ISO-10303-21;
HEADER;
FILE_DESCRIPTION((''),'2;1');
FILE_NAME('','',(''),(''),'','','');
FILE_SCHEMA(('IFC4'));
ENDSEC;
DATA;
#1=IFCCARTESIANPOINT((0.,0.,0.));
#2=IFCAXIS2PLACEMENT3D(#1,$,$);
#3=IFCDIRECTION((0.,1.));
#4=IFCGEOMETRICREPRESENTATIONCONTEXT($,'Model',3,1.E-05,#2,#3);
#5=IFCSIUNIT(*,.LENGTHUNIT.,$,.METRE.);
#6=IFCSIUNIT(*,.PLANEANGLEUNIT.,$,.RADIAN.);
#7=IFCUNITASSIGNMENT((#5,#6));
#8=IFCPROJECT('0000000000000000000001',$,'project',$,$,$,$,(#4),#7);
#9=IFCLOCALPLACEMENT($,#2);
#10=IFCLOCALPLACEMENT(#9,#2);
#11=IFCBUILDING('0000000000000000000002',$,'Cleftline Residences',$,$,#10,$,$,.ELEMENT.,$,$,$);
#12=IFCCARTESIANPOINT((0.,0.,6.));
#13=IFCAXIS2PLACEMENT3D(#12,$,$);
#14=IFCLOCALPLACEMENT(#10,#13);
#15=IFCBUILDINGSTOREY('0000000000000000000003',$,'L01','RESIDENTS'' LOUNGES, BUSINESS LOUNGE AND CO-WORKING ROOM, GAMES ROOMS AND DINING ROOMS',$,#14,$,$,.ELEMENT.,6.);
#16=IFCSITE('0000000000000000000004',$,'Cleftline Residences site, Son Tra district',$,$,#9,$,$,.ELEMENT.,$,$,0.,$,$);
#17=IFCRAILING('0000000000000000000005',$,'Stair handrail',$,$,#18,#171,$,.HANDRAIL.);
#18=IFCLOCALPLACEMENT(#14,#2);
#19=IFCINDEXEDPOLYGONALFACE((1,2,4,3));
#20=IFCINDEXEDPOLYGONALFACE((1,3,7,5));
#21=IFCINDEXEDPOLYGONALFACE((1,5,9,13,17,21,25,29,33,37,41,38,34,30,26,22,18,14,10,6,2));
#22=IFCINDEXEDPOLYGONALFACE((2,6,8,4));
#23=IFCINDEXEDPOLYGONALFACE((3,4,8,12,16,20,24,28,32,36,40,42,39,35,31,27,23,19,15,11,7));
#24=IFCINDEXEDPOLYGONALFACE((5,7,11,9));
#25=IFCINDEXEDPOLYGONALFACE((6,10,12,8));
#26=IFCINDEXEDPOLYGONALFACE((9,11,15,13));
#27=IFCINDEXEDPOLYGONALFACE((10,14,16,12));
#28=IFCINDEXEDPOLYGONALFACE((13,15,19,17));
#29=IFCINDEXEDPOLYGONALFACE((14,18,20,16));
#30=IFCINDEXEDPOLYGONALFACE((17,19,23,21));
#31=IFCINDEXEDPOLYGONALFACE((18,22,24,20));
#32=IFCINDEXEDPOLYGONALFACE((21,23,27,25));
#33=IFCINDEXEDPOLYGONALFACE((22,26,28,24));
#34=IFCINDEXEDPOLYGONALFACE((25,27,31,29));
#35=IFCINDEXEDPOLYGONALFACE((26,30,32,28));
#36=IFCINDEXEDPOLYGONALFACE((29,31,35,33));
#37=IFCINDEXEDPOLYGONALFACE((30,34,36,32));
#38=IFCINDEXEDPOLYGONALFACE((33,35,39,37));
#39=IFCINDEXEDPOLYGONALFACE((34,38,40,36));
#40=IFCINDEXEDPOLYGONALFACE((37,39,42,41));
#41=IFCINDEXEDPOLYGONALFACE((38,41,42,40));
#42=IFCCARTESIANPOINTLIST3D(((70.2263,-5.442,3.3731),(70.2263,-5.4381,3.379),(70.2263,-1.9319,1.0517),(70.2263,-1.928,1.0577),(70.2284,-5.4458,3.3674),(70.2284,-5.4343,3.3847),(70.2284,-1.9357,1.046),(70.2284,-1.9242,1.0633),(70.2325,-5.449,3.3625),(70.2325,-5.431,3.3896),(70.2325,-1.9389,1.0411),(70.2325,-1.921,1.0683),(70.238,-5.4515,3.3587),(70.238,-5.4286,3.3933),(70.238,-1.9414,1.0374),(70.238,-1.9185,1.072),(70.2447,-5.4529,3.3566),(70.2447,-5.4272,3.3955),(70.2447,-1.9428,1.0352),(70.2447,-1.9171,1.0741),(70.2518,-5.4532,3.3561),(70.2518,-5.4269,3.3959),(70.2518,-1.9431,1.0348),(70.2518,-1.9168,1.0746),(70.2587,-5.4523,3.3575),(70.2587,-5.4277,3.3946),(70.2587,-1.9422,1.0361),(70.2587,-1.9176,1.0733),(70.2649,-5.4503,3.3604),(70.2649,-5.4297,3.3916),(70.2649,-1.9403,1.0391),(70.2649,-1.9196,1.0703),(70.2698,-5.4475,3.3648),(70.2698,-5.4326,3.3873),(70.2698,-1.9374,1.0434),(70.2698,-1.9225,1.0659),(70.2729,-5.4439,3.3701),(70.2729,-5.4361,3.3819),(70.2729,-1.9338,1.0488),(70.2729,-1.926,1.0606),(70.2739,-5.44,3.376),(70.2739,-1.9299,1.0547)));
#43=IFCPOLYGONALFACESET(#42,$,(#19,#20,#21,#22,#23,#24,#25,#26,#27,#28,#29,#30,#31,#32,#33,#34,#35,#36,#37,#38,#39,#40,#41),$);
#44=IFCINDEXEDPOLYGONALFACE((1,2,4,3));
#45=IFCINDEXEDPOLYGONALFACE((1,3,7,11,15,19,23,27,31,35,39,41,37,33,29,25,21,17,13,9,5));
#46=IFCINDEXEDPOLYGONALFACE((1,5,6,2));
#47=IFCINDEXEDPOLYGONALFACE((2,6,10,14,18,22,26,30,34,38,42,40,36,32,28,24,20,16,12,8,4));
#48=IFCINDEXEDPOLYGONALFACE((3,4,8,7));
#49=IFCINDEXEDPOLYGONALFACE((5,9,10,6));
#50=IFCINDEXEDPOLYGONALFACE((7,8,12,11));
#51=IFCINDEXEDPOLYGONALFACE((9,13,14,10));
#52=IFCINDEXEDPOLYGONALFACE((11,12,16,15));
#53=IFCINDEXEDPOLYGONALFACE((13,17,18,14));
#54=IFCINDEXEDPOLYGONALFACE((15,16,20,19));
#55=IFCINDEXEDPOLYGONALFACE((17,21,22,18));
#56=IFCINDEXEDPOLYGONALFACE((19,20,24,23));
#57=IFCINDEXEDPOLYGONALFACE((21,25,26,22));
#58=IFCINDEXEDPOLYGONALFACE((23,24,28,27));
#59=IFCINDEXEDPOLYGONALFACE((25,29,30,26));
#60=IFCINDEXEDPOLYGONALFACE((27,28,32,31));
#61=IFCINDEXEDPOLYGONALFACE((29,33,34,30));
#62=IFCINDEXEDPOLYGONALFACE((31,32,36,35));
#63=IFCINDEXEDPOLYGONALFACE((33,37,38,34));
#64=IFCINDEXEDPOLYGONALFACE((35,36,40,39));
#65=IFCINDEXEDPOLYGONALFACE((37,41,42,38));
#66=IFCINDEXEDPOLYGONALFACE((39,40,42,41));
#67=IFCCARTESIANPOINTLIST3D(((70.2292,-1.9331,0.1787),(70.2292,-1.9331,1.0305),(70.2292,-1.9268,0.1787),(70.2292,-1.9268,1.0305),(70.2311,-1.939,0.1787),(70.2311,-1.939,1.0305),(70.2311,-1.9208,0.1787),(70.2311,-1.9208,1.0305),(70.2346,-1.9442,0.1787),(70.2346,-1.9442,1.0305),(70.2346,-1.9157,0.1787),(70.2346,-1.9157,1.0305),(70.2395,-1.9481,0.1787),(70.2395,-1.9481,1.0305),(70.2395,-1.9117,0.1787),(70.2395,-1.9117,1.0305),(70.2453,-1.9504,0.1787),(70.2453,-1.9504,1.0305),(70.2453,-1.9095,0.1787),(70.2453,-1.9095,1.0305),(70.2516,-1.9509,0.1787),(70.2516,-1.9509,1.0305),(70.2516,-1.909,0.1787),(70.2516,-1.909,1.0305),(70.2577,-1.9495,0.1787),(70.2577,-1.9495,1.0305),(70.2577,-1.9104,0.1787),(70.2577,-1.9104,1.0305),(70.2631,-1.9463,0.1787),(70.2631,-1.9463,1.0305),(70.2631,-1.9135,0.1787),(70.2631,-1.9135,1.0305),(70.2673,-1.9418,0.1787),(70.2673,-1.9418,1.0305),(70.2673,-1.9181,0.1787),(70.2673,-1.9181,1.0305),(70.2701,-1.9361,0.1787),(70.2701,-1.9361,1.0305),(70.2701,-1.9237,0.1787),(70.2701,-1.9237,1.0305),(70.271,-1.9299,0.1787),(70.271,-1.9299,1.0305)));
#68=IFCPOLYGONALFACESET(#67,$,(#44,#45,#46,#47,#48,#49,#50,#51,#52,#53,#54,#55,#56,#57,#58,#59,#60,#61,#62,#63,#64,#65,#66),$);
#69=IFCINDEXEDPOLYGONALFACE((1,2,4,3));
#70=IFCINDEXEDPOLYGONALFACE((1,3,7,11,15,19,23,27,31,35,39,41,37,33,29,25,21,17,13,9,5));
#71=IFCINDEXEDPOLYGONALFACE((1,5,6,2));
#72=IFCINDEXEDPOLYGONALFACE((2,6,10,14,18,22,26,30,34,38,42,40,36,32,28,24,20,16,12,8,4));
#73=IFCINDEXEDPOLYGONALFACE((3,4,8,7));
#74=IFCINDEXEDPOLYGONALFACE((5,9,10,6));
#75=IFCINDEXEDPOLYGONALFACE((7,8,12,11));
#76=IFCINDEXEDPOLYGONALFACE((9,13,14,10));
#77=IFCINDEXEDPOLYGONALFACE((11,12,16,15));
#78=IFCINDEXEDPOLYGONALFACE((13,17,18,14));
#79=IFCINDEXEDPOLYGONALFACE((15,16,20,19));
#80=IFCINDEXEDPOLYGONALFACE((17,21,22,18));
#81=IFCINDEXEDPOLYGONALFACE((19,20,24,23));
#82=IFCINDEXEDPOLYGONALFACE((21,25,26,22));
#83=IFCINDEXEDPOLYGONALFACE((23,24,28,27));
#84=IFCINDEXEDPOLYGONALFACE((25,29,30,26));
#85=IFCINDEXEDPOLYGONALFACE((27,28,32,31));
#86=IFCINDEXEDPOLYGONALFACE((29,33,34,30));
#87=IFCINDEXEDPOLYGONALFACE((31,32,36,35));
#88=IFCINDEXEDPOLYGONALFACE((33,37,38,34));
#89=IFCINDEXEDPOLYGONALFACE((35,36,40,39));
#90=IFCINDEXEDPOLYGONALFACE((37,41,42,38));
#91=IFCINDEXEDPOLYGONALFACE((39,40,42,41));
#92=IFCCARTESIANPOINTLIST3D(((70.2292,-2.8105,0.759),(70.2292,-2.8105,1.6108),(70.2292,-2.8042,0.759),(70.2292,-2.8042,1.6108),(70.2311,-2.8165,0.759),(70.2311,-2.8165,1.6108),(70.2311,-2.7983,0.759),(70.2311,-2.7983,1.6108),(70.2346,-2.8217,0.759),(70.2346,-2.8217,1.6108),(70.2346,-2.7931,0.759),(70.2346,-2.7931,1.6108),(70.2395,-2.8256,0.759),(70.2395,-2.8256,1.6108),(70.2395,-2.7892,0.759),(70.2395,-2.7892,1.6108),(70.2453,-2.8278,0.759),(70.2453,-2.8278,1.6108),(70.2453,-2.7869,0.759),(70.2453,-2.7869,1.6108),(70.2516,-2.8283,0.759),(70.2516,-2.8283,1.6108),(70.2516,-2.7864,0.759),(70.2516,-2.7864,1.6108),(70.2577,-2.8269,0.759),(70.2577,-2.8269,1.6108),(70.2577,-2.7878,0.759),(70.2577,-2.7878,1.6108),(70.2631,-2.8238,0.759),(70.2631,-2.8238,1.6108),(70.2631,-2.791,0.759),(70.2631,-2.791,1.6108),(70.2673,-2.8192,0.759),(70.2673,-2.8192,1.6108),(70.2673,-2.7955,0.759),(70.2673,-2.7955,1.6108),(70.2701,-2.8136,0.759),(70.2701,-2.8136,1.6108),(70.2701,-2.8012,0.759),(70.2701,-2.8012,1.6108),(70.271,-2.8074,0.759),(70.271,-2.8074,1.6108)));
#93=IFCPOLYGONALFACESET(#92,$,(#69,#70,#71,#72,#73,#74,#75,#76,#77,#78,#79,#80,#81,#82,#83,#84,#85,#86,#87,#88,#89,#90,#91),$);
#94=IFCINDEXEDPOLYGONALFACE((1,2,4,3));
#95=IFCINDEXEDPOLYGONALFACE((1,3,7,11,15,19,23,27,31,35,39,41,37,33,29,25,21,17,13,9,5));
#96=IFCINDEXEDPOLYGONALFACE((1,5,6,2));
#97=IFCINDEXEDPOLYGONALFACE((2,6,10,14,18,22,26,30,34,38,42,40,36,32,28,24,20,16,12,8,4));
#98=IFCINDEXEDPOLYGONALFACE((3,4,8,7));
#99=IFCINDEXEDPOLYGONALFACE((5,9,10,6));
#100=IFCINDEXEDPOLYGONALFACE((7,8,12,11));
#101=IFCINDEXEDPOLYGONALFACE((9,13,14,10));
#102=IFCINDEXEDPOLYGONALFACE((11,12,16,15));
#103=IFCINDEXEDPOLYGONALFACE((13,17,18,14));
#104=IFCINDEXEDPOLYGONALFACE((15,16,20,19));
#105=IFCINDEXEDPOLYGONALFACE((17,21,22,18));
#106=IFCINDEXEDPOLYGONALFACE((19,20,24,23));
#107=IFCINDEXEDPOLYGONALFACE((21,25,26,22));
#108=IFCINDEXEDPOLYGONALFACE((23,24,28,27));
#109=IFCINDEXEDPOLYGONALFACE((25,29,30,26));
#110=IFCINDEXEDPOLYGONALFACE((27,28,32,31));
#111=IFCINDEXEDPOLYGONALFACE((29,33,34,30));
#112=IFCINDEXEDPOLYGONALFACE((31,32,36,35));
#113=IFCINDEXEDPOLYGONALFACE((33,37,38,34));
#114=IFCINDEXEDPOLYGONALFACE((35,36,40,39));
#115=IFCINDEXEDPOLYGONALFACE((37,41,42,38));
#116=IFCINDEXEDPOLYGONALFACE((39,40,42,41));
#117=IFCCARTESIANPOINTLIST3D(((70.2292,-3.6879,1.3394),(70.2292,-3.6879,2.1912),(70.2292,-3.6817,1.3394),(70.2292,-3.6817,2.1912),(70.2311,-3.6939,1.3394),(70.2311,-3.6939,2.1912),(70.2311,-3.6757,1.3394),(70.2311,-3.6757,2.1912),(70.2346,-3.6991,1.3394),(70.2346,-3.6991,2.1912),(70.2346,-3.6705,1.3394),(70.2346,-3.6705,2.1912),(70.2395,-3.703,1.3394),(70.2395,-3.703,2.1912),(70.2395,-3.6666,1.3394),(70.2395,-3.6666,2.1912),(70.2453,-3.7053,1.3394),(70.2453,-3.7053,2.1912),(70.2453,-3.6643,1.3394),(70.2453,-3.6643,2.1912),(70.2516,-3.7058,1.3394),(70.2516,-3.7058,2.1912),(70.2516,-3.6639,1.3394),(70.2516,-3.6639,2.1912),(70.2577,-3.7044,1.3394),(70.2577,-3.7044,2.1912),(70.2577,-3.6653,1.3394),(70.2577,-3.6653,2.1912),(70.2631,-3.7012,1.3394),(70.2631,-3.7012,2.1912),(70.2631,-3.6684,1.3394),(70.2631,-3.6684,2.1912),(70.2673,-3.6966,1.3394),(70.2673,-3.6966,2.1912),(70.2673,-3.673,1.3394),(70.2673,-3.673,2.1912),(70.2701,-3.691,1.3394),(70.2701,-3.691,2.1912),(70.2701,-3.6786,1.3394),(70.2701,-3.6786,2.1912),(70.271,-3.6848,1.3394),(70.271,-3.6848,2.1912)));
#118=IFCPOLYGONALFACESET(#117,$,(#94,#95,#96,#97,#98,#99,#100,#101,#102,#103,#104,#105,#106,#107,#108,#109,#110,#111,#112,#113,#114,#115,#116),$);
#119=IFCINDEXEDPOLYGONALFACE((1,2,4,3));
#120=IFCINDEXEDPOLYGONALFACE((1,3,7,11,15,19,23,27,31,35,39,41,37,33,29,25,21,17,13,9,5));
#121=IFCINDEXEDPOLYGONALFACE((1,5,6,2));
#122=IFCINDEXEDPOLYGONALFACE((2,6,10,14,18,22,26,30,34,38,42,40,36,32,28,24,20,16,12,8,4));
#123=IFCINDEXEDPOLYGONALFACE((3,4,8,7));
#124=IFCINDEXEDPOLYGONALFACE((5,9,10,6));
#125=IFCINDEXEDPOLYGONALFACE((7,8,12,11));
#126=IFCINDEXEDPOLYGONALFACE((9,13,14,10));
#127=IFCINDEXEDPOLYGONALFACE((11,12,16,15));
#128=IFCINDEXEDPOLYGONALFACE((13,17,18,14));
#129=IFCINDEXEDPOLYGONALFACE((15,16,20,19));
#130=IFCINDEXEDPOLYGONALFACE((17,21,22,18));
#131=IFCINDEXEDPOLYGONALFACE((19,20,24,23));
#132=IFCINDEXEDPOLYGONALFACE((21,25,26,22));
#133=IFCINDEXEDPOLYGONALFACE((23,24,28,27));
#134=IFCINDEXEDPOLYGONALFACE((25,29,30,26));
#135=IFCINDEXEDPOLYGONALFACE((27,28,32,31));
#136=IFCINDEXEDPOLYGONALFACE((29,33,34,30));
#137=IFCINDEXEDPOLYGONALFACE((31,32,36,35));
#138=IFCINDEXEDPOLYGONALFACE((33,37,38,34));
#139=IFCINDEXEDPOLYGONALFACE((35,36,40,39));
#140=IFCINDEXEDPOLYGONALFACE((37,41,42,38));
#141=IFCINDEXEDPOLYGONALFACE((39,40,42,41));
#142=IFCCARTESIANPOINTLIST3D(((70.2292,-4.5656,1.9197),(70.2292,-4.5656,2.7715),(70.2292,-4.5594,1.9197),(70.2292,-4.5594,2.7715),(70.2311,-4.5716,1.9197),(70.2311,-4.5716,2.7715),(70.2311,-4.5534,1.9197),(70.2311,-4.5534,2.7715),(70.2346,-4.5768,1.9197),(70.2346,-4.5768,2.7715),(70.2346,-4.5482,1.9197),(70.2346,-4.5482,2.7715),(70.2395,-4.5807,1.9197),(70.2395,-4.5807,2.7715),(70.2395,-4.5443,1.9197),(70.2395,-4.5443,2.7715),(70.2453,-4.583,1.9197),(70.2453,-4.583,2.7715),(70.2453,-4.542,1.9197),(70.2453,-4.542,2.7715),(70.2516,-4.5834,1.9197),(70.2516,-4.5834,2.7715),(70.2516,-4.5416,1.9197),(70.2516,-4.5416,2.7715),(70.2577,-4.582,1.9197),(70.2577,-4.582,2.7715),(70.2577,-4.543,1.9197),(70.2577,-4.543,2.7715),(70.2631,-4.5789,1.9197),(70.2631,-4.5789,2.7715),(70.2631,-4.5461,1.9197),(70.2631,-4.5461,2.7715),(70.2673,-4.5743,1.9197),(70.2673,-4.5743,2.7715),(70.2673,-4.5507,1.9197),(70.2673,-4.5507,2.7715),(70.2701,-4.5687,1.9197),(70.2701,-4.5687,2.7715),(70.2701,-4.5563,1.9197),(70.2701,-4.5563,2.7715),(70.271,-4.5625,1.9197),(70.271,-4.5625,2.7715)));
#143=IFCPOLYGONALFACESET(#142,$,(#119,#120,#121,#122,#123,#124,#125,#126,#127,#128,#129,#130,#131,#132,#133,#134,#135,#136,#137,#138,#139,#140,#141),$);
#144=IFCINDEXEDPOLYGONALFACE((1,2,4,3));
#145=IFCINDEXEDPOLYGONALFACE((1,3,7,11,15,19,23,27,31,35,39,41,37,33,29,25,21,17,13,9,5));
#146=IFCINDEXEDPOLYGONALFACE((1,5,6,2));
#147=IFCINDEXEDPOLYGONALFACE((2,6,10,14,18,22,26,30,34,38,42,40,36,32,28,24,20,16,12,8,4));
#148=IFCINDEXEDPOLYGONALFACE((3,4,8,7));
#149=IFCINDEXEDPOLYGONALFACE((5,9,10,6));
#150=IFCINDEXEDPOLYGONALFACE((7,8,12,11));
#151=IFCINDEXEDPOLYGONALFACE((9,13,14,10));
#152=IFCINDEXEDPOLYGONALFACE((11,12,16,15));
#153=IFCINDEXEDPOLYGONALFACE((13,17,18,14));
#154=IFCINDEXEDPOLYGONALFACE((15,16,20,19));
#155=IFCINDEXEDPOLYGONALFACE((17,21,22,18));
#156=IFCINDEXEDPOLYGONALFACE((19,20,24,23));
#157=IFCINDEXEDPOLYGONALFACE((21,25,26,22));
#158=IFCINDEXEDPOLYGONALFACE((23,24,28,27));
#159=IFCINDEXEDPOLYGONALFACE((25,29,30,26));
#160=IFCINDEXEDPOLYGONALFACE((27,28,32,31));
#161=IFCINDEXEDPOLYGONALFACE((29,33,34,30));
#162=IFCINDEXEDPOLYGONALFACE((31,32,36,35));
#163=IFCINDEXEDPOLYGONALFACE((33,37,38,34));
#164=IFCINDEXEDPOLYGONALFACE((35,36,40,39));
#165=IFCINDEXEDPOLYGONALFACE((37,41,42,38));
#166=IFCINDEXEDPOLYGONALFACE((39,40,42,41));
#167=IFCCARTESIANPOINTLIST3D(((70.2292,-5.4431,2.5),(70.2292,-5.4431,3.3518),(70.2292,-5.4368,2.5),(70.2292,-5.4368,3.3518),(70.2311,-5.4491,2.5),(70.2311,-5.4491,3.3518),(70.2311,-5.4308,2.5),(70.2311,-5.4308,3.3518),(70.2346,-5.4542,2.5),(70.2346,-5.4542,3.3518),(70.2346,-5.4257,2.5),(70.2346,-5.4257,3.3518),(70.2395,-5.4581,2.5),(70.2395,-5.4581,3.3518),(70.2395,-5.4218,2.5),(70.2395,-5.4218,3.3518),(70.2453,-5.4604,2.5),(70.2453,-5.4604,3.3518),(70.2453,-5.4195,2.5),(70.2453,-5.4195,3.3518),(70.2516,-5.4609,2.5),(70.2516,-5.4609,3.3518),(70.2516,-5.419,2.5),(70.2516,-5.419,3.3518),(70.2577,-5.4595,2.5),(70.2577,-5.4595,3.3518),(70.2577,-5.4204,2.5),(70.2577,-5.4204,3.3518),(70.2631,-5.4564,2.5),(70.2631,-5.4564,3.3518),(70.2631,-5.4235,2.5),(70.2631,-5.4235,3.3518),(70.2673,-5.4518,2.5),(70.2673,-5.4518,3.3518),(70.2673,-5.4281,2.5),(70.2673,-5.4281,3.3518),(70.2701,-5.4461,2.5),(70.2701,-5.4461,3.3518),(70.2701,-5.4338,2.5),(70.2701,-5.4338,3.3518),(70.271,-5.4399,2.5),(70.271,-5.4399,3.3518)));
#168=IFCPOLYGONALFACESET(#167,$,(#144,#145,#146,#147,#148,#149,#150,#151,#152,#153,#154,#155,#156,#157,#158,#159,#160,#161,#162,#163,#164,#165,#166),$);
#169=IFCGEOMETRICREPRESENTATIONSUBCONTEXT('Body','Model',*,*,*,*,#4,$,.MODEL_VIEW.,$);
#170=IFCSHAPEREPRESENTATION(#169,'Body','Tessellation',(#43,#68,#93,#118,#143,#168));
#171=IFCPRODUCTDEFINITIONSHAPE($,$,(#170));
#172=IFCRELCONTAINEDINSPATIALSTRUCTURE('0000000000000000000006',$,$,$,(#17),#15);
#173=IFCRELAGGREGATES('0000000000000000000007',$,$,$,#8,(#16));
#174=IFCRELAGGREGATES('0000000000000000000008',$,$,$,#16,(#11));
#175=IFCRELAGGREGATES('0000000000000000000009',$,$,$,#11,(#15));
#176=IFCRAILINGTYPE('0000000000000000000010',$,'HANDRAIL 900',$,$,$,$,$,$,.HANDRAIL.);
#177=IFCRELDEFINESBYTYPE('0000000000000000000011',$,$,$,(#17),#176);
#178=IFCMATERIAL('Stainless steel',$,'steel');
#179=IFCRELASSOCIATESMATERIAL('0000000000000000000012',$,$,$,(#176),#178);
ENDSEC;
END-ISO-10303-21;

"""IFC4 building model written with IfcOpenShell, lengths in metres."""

from ifc_helpers import new_model, si_unit, direction, frame, origin, origin_2d, place, context, subcontext, project, spatial, circle, extrude, material, type_object, element, save


model = new_model("IFC4")

# Units and contexts
model_context = context("Model", 3, precision=1e-05, world=origin(), true_north=direction((0.0, 1.0)))
body_context = subcontext(model_context, "Body", "Model", "MODEL_VIEW")
ifc_project = project(units=[si_unit("LENGTHUNIT", "METRE"), si_unit("PLANEANGLEUNIT", "RADIAN")], contexts=[model_context])

# Site, building, storey
site_placement = place(None, origin())
site = spatial("IfcSite", under=ifc_project, at=site_placement, Name="Cleftline Residences site, Son Tra district", CompositionType="ELEMENT", RefElevation=0.0)
building_placement = place(site_placement, origin())
building = spatial("IfcBuilding", under=site, at=building_placement, Name="Cleftline Residences", CompositionType="ELEMENT")
storey_placement = place(building_placement, frame((0.0, 0.0, 6.0)))
storey = spatial("IfcBuildingStorey", under=building, at=storey_placement, Name="L01", Description="RESIDENTS' LOUNGES, BUSINESS LOUNGE AND CO-WORKING ROOM, GAMES ROOMS AND DINING ROOMS", CompositionType="ELEMENT", Elevation=6.0)

# Railing
ifc_material_1 = material(Name="Stainless steel", Category="steel")
railing_type = type_object("IfcRailingType", Name="HANDRAIL 900", PredefinedType="HANDRAIL", material=ifc_material_1)
railing_1_placement = place(storey_placement, frame((70.25, -1.9299, 0.1787)))
element("IfcRailing", 1, at=railing_1_placement, inside=storey, type_object=railing_type, Name="Stair handrail", PredefinedType="HANDRAIL", context=body_context, shape_type="SweptSolid", body=[
    extrude(circle(Radius=0.0239, at=origin_2d()), frame((0.0, 0.0, 0.876), z_axis=(0.0, -0.834097, 0.551617), x_axis=(1.0, 0.0, 0.0)), (0.0, 0.0, 1.0), 4.2083),
    extrude(circle(Radius=0.021, at=origin_2d()), origin(), (0.0, 0.0, 1.0), 0.8518),
    extrude(circle(Radius=0.021, at=origin_2d()), frame((0.0, -0.8774, 0.5803)), (0.0, 0.0, 1.0), 0.8518),
    extrude(circle(Radius=0.021, at=origin_2d()), frame((0.0, -1.7549, 1.1606)), (0.0, 0.0, 1.0), 0.8518),
    extrude(circle(Radius=0.021, at=origin_2d()), frame((0.0, -2.6326, 1.741)), (0.0, 0.0, 1.0), 0.8518),
    extrude(circle(Radius=0.021, at=origin_2d()), frame((0.0, -3.51, 2.3213)), (0.0, 0.0, 1.0), 0.8518),
])

save(model, "model.ifc")
